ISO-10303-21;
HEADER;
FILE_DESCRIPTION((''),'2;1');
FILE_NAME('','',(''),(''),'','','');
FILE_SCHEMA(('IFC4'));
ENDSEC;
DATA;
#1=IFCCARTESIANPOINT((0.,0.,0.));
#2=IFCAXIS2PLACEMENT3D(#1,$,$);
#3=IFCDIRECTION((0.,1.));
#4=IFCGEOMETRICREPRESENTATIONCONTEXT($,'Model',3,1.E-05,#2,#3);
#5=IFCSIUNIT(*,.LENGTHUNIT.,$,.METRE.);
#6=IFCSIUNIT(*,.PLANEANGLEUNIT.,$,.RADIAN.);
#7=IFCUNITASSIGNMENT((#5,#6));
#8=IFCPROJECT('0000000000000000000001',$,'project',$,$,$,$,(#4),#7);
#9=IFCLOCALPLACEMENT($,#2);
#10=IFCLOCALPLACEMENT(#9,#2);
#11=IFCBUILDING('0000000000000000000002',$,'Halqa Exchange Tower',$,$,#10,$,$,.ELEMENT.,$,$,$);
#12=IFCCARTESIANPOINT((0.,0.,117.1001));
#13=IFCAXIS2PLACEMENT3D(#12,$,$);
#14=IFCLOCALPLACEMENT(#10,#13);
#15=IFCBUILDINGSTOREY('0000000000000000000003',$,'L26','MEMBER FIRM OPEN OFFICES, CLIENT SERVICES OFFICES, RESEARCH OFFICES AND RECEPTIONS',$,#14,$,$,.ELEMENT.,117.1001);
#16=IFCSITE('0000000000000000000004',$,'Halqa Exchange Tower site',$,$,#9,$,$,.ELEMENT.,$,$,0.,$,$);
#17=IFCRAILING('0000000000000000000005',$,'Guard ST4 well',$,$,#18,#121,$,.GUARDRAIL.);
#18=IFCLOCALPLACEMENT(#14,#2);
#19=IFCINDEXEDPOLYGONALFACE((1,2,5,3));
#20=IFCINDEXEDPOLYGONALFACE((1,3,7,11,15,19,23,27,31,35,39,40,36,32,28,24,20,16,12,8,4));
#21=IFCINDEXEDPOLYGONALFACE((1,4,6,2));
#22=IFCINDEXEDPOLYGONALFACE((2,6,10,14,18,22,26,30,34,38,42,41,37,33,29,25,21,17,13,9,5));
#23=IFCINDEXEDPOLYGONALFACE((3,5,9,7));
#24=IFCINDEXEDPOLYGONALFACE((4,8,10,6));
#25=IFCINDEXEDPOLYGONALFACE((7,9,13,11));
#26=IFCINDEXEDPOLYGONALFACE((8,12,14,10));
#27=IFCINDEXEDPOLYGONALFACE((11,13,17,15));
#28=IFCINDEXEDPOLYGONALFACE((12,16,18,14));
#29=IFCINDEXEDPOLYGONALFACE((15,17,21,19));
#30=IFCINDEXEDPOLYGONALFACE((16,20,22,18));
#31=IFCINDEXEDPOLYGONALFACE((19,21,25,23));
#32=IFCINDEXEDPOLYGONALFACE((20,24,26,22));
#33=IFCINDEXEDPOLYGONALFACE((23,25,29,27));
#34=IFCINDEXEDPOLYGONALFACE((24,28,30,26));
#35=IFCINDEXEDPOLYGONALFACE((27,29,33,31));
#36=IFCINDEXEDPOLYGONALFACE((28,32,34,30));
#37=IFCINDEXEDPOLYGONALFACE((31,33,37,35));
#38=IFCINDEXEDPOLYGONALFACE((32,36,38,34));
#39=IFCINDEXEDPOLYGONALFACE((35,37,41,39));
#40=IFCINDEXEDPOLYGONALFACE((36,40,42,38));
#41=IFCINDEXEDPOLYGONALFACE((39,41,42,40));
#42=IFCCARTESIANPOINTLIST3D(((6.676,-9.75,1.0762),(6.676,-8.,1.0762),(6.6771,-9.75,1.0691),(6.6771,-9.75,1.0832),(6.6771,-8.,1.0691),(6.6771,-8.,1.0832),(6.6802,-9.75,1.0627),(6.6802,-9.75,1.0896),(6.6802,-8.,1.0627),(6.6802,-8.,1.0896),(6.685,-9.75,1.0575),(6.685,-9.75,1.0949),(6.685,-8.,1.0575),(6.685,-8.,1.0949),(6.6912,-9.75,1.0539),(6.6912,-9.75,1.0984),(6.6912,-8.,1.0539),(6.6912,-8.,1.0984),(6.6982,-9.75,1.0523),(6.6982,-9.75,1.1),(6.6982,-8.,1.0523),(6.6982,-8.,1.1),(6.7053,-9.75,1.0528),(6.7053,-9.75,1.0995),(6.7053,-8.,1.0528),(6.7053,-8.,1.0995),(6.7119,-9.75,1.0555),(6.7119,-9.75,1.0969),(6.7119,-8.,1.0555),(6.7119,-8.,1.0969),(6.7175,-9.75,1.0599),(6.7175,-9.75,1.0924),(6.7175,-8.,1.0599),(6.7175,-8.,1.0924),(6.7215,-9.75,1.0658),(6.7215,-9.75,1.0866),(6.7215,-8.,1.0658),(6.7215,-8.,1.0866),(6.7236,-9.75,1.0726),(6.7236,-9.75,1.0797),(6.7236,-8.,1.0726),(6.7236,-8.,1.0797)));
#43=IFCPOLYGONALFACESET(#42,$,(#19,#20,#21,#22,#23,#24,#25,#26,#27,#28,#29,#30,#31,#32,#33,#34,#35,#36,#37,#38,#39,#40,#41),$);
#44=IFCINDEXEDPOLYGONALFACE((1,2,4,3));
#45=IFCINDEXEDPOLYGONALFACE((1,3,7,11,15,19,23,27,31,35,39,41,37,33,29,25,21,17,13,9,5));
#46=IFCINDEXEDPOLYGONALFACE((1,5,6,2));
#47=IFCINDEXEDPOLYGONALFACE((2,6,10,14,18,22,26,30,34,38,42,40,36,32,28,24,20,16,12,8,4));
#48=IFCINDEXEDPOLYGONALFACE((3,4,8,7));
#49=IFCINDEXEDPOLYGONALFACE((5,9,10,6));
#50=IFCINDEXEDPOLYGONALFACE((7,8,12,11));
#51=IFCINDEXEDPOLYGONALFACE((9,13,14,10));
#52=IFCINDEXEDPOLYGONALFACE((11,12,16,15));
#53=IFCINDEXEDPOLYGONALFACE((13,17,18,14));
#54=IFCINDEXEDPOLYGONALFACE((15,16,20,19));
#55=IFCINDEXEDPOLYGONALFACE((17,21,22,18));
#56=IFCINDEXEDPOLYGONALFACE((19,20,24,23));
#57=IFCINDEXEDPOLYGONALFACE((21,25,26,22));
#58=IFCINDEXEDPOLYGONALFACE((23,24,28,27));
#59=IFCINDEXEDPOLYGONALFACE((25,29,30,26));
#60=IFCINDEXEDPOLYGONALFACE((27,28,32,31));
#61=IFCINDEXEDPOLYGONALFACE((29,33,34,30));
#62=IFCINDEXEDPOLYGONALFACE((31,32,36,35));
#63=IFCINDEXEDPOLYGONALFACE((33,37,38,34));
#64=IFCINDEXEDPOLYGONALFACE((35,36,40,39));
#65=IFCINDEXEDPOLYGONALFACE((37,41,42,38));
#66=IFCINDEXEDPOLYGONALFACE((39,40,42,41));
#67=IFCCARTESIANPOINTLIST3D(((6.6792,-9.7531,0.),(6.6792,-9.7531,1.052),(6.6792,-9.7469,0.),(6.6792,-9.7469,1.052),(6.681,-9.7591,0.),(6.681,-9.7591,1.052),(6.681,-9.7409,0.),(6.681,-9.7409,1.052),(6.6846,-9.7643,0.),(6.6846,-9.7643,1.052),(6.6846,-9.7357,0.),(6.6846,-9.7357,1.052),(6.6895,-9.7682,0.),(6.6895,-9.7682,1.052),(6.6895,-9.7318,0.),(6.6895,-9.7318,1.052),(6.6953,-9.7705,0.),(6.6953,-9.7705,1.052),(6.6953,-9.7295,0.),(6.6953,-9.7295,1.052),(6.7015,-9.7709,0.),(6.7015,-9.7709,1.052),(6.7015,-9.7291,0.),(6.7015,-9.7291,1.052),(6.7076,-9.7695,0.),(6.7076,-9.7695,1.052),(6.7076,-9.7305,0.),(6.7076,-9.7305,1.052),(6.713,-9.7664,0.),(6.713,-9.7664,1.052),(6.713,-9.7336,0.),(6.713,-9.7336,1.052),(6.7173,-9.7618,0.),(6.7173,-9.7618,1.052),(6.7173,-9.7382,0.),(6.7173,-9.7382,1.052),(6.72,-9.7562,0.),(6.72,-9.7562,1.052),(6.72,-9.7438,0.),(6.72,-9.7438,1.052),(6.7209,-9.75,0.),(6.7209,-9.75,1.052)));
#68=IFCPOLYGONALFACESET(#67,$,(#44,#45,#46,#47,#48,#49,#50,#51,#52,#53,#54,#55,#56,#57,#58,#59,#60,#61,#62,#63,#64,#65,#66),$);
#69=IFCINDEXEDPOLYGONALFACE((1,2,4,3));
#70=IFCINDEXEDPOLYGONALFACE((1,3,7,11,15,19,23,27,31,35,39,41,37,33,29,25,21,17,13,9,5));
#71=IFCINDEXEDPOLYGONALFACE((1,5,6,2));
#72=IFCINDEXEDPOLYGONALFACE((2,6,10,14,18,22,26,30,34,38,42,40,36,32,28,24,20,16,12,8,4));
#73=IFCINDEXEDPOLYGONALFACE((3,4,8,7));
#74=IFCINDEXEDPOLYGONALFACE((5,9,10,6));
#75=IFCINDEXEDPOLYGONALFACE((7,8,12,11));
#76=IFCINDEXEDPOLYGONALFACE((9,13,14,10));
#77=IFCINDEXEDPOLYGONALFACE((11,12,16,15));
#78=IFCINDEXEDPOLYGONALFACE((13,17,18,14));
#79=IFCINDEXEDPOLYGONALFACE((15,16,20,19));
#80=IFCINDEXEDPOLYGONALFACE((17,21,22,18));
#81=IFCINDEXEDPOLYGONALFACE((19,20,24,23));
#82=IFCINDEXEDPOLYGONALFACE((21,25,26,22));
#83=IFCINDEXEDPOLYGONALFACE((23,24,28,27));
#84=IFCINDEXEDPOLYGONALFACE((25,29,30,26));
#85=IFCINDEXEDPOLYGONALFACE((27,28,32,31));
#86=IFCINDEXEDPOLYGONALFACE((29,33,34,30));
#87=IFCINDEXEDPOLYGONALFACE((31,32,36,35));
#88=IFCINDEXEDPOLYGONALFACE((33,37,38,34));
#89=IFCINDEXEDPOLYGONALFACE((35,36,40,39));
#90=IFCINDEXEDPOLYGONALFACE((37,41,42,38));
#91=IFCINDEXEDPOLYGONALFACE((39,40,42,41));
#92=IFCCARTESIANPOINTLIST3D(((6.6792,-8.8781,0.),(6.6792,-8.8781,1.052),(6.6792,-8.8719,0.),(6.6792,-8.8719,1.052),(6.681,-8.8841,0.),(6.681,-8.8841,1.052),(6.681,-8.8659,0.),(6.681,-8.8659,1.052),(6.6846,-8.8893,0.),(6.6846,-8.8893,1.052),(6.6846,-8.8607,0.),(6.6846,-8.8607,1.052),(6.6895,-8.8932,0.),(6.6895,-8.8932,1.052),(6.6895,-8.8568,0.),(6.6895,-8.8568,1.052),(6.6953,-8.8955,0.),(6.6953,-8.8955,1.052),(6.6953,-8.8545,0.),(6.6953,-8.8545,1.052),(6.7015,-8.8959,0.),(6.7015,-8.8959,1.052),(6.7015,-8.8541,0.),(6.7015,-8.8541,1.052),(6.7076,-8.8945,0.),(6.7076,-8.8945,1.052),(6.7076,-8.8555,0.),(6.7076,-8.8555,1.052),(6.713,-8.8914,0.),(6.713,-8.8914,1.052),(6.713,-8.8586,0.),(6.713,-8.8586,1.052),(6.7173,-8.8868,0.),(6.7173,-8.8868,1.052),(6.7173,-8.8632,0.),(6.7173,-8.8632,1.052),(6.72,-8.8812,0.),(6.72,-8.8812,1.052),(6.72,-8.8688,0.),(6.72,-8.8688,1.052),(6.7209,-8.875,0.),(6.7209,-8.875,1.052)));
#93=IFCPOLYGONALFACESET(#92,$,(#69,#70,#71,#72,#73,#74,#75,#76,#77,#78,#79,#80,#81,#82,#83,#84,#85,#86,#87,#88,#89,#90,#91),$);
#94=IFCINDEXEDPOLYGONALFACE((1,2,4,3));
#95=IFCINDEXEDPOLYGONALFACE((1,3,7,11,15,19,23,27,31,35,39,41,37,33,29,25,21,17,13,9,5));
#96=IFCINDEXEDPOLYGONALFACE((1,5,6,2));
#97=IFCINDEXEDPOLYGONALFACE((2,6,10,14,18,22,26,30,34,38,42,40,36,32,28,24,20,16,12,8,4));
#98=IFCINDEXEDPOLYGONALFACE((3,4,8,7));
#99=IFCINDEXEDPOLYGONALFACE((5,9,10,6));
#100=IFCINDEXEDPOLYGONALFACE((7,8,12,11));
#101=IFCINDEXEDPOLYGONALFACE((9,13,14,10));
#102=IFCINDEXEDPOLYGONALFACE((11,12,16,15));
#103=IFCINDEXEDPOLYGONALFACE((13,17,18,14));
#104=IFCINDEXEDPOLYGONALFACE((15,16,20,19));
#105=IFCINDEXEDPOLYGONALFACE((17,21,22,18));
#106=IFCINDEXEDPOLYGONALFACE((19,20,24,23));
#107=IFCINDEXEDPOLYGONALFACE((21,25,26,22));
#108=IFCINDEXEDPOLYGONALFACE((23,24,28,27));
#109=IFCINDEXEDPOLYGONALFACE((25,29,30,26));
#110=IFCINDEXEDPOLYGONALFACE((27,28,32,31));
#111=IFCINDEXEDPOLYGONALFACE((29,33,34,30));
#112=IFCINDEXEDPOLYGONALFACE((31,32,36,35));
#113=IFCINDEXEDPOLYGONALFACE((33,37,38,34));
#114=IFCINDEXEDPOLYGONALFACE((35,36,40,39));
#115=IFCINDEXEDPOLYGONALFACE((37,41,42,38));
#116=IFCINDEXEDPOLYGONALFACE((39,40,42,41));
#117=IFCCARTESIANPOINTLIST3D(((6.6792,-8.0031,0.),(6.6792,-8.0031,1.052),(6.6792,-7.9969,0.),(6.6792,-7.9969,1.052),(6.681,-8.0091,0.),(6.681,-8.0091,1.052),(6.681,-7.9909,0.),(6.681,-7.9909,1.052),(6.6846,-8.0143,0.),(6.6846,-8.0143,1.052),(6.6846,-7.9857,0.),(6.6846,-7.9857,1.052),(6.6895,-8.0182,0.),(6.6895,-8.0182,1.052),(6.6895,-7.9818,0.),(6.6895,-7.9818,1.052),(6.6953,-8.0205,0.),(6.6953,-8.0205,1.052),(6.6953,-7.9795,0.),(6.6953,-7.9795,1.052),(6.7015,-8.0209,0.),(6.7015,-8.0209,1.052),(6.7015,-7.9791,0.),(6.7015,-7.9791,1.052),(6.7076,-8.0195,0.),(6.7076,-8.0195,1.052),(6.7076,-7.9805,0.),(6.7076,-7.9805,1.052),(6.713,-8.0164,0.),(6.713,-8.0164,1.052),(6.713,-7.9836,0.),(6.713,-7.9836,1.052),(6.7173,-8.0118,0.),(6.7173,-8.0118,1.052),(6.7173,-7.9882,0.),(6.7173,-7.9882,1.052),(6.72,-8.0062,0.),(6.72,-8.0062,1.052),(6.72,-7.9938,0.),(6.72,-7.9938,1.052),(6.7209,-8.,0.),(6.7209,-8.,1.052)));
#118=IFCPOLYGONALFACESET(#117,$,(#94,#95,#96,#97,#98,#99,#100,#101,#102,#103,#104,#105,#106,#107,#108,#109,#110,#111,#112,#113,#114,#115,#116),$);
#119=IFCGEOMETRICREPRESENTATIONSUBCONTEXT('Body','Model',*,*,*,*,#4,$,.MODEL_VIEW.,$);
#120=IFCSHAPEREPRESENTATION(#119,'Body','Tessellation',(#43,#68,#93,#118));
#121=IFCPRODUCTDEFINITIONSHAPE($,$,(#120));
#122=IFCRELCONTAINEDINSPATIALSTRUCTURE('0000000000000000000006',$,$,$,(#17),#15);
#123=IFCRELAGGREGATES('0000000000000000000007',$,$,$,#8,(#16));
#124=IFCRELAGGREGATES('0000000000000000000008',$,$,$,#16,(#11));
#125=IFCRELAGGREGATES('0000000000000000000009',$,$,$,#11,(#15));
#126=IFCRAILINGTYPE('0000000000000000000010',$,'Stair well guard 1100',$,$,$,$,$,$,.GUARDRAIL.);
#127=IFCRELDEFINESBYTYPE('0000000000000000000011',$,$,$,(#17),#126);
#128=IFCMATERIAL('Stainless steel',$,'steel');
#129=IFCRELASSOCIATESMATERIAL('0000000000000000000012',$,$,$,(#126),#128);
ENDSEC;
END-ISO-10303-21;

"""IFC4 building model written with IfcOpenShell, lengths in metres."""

from ifc_helpers import new_model, si_unit, direction, frame, origin, origin_2d, place, context, subcontext, project, spatial, circle, extrude, material, type_object, element, save


model = new_model("IFC4")

# Units and contexts
model_context = context("Model", 3, precision=1e-05, world=origin(), true_north=direction((0.0, 1.0)))
body_context = subcontext(model_context, "Body", "Model", "MODEL_VIEW")
ifc_project = project(units=[si_unit("LENGTHUNIT", "METRE"), si_unit("PLANEANGLEUNIT", "RADIAN")], contexts=[model_context])

# Site, building, storey
site_placement = place(None, origin())
site = spatial("IfcSite", under=ifc_project, at=site_placement, Name="Halqa Exchange Tower site", CompositionType="ELEMENT", RefElevation=0.0)
building_placement = place(site_placement, origin())
building = spatial("IfcBuilding", under=site, at=building_placement, Name="Halqa Exchange Tower", CompositionType="ELEMENT")
storey_placement = place(building_placement, frame((0.0, 0.0, 117.1001)))
storey = spatial("IfcBuildingStorey", under=building, at=storey_placement, Name="L26", Description="MEMBER FIRM OPEN OFFICES, CLIENT SERVICES OFFICES, RESEARCH OFFICES AND RECEPTIONS", CompositionType="ELEMENT", Elevation=117.1001)

# Railing
ifc_material_1 = material(Name="Stainless steel", Category="steel")
railing_type_1 = type_object("IfcRailingType", Name="Stair well guard 1100", PredefinedType="GUARDRAIL", material=ifc_material_1)
railing_1_placement = place(storey_placement, frame((6.7, -9.75, 0.0)))
element("IfcRailing", 1, at=railing_1_placement, inside=storey, type_object=railing_type_1, Name="Guard ST4 well", PredefinedType="GUARDRAIL", context=body_context, shape_type="SweptSolid", body=[
    extrude(circle(Radius=0.0239, at=origin_2d()), frame((0.0, 0.0, 1.0762), z_axis=(0.0, 1.0, 0.0), x_axis=(-1.0, 0.0, 0.0)), (0.0, 0.0, 1.0), 1.75),
    extrude(circle(Radius=0.021, at=origin_2d()), origin(), (0.0, 0.0, 1.0), 1.052),
    extrude(circle(Radius=0.021, at=origin_2d()), frame((0.0, 0.875, 0.0)), (0.0, 0.0, 1.0), 1.052),
    extrude(circle(Radius=0.021, at=origin_2d()), frame((0.0, 1.75, 0.0)), (0.0, 0.0, 1.0), 1.052),
])

save(model, "model.ifc")
